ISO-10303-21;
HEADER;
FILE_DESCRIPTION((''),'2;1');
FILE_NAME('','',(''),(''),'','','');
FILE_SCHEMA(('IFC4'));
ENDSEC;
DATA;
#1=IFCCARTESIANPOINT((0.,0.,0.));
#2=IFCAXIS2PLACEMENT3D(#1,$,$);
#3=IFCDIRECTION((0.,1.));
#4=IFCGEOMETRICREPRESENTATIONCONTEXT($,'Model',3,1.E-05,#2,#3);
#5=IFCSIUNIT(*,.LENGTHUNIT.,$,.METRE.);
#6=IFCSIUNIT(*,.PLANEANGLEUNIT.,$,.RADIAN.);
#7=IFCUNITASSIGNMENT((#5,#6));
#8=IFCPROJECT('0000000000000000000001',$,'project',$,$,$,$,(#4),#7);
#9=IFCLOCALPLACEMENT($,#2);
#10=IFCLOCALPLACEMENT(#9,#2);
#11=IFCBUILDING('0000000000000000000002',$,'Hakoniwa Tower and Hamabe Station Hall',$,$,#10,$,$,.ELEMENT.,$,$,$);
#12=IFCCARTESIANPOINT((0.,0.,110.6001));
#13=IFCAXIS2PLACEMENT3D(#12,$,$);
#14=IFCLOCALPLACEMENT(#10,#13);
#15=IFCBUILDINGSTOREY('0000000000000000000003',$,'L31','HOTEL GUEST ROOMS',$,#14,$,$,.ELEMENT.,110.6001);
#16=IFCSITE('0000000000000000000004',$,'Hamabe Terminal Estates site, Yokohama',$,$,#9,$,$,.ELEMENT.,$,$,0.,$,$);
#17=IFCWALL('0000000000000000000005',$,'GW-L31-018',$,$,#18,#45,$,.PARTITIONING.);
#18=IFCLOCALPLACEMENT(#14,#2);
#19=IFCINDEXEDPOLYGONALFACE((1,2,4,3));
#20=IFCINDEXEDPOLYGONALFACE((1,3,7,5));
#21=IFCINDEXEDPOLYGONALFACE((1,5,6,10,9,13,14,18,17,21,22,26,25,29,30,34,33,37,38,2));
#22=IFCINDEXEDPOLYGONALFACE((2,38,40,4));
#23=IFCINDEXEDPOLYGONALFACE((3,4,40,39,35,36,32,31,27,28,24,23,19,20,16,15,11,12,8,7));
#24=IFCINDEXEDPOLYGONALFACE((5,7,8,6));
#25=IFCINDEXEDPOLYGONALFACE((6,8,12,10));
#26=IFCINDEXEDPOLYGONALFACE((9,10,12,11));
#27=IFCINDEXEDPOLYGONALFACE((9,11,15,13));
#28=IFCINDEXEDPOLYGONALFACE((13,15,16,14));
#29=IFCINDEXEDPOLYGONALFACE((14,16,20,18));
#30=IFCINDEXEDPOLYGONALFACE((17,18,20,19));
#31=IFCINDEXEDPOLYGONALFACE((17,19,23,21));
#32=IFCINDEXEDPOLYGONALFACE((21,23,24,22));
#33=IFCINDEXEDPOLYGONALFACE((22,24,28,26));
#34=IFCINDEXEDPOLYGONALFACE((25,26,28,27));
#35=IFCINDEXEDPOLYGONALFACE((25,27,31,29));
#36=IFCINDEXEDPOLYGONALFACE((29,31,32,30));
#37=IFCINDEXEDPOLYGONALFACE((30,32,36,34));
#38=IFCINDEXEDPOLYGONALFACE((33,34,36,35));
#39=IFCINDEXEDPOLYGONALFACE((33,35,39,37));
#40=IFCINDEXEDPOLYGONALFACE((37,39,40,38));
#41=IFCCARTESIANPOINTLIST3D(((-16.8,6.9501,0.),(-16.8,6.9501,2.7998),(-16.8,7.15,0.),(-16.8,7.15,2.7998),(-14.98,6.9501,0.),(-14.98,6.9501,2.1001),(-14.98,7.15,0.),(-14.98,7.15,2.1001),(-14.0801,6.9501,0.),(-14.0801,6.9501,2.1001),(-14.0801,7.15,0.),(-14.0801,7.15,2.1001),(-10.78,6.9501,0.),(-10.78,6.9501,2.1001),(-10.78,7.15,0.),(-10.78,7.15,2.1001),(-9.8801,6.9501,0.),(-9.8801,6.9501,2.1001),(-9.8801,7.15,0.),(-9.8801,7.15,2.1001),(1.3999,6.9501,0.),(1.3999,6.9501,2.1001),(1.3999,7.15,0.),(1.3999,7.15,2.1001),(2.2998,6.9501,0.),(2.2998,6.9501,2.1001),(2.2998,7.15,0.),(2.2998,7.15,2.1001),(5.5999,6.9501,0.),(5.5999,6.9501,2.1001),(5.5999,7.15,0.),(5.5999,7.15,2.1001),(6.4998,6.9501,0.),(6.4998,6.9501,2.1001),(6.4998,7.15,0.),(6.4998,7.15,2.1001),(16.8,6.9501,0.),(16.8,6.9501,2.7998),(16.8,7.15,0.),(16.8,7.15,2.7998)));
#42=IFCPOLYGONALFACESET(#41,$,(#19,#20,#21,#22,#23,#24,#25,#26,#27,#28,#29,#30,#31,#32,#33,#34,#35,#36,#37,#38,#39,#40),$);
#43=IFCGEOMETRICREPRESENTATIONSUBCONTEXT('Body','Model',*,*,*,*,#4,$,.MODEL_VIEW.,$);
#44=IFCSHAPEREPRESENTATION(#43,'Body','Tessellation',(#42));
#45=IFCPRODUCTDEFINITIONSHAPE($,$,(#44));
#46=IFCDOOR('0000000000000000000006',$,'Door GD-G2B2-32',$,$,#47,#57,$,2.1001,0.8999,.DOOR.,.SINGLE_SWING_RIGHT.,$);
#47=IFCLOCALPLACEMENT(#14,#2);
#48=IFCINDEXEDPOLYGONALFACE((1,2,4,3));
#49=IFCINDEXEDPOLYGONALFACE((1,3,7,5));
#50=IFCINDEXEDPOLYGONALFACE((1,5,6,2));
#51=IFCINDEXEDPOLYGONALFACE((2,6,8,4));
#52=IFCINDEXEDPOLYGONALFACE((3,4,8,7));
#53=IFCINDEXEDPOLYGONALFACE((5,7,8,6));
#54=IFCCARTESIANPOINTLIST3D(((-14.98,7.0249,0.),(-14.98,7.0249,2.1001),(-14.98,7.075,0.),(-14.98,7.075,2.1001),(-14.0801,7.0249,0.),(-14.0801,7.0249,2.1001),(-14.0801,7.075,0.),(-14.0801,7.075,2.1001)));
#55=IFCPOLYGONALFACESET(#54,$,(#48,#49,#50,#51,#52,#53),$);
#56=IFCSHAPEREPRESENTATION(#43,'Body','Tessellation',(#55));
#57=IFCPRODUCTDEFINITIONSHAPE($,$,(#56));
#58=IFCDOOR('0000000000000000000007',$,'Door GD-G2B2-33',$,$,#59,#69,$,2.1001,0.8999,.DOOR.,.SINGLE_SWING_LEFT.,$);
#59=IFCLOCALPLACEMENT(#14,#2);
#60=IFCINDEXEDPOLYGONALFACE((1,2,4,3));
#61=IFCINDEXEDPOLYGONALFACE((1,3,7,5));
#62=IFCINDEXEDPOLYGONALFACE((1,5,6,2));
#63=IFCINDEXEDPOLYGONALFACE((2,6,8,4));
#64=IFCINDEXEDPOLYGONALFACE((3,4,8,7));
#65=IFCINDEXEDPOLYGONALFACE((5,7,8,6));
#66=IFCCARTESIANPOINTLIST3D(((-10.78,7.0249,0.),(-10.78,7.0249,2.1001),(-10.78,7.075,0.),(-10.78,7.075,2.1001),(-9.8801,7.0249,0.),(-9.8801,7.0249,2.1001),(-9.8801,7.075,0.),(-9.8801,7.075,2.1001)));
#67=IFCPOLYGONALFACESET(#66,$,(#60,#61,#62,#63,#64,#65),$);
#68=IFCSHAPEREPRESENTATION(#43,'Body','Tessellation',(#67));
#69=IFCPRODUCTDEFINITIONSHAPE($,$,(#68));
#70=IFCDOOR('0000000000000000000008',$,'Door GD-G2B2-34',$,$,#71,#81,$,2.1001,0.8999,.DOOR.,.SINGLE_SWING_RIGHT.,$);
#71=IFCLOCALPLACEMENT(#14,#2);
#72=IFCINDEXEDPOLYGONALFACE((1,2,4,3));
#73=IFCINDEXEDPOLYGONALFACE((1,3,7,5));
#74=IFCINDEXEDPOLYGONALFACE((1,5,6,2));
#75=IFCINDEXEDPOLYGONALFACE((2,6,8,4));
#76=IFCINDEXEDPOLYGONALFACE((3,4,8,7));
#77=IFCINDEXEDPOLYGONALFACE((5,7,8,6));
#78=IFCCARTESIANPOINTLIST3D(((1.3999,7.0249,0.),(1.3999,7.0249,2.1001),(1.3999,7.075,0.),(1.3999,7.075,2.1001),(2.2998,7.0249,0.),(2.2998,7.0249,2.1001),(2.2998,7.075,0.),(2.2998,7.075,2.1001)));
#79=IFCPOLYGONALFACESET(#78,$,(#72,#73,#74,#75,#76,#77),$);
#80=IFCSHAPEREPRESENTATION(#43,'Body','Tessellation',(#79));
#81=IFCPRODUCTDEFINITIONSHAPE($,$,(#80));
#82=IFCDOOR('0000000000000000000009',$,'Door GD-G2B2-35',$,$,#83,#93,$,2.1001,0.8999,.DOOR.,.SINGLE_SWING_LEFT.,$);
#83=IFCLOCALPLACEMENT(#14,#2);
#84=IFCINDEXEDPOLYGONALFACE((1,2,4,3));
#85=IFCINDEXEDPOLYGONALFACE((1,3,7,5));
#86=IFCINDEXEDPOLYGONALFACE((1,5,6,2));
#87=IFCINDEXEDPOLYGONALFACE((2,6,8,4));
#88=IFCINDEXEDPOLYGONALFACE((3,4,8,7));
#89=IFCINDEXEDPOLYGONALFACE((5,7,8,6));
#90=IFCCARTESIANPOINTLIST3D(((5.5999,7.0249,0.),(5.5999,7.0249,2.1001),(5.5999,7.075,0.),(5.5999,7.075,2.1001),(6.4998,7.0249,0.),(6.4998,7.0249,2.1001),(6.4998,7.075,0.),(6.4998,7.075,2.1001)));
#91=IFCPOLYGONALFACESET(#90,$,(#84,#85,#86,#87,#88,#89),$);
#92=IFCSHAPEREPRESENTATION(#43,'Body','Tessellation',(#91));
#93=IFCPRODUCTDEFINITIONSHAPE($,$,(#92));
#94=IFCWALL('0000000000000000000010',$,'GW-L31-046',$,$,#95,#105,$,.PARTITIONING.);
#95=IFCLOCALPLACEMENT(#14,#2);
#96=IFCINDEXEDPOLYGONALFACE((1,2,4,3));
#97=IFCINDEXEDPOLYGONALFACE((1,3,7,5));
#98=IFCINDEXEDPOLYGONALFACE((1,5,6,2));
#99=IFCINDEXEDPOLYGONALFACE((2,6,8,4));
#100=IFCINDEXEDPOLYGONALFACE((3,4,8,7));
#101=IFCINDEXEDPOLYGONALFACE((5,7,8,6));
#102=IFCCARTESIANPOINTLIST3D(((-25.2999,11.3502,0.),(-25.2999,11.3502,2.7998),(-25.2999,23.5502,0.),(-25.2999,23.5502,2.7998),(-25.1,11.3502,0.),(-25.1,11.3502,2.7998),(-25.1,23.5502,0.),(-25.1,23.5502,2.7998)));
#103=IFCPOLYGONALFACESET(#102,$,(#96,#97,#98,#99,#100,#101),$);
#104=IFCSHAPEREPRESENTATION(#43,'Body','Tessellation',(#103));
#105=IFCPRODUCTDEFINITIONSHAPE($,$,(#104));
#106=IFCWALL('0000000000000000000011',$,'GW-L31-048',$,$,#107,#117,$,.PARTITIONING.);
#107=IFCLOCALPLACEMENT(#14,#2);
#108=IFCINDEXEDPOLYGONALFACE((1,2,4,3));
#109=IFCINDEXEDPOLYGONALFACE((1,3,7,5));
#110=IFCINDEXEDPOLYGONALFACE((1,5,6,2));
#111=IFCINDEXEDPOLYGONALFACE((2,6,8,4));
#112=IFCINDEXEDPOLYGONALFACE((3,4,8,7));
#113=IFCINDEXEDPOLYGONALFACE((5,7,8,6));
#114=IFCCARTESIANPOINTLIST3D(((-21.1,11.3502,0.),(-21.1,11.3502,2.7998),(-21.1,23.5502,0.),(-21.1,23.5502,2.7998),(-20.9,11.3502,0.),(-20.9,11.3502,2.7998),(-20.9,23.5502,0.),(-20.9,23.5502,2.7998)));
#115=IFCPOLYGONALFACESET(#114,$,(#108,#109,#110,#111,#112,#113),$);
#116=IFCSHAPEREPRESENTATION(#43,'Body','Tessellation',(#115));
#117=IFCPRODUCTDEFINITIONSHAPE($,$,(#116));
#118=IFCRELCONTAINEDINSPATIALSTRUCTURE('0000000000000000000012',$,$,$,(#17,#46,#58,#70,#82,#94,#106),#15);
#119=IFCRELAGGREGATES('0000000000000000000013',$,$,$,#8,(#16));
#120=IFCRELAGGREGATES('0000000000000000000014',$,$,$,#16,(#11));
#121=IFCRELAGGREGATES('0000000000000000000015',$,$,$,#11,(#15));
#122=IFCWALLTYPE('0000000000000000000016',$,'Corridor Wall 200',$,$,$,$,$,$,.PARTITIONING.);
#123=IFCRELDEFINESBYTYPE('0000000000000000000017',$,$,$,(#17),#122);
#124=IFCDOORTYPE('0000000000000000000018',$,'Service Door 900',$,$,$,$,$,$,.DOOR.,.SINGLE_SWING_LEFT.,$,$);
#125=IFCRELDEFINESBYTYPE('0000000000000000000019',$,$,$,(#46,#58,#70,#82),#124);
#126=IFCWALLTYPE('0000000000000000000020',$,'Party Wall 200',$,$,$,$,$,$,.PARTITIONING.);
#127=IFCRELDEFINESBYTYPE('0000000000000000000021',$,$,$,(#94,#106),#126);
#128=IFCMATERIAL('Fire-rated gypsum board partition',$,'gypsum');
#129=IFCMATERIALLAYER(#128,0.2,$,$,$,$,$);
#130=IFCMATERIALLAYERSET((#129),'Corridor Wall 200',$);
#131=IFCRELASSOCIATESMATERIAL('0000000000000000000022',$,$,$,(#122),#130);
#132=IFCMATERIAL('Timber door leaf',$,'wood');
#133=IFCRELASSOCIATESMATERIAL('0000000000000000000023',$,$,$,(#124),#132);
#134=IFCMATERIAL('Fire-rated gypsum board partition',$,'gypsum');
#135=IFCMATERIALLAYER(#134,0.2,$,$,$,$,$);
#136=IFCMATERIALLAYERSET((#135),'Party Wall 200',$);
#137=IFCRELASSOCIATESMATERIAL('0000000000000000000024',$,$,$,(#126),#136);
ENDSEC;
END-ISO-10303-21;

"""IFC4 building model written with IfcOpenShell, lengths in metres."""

from ifc_helpers import new_model, si_unit, direction, frame, frame_2d, origin, place, context, subcontext, project, spatial, rectangle, extrude, material, layer, layer_set, type_object, element, fill, save


model = new_model("IFC4")

# Units and contexts
model_context = context("Model", 3, precision=1e-05, world=origin(), true_north=direction((0.0, 1.0)))
body_context = subcontext(model_context, "Body", "Model", "MODEL_VIEW")
ifc_project = project(units=[si_unit("LENGTHUNIT", "METRE"), si_unit("PLANEANGLEUNIT", "RADIAN")], contexts=[model_context])

# Site, building, storey
site_placement = place(None, origin())
site = spatial("IfcSite", under=ifc_project, at=site_placement, Name="Hamabe Terminal Estates site, Yokohama", CompositionType="ELEMENT", RefElevation=0.0)
building_placement = place(site_placement, origin())
building = spatial("IfcBuilding", under=site, at=building_placement, Name="Hakoniwa Tower and Hamabe Station Hall", CompositionType="ELEMENT")
storey_placement = place(building_placement, frame((0.0, 0.0, 110.6001)))
storey = spatial("IfcBuildingStorey", under=building, at=storey_placement, Name="L31", Description="HOTEL GUEST ROOMS", CompositionType="ELEMENT", Elevation=110.6001)

# Wall, openings, doors
ifc_material_1 = material(Name="Fire-rated gypsum board partition", Category="gypsum")
ifc_layer_1 = layer(ifc_material_1, 0.2)
ifc_layer_set_1 = layer_set([ifc_layer_1], Name="Corridor Wall 200")
wall_type_1 = type_object("IfcWallType", Name="Corridor Wall 200", PredefinedType="PARTITIONING", material=ifc_layer_set_1)
ifc_material_2 = material(Name="Timber door leaf", Category="wood")
door_type_1 = type_object("IfcDoorType", Name="Service Door 900", OperationType="SINGLE_SWING_LEFT", PredefinedType="DOOR", material=ifc_material_2)
wall_1_placement = place(storey_placement, frame((-16.8, 7.05, 0.0), z_axis=(0.0, 0.0, 1.0), x_axis=(1.0, 0.0, 0.0)))
wall_1 = element("IfcWall", 1, at=wall_1_placement, inside=storey, type_object=wall_type_1, Name="GW-L31-018", PredefinedType="PARTITIONING", context=body_context, shape_type="SweptSolid", body=[
    extrude(rectangle(XDim=33.6001, YDim=0.2, at=frame_2d((16.8, 0.0))), origin(), (0.0, 0.0, 1.0), 2.7998),
])
opening_1_placement = place(wall_1_placement, frame((1.8201, 0.0, 0.0)))
opening_1 = element("IfcOpeningElement", 2, at=opening_1_placement, cuts=wall_1, PredefinedType="OPENING", context=body_context, shape_type="SweptSolid", body=[
    extrude(rectangle(XDim=0.8999, YDim=2.1001, at=frame_2d((0.45, 1.05))), frame((0.0, 0.1099, 0.0), z_axis=(0.0, -1.0, 0.0), x_axis=(1.0, 0.0, 0.0)), (0.0, 0.0, 1.0), 0.22),
])
opening_2_placement = place(wall_1_placement, frame((6.02, 0.0, 0.0)))
opening_2 = element("IfcOpeningElement", 3, at=opening_2_placement, cuts=wall_1, PredefinedType="OPENING", context=body_context, shape_type="SweptSolid", body=[
    extrude(rectangle(XDim=0.8999, YDim=2.1001, at=frame_2d((0.45, 1.05))), frame((0.0, 0.1099, 0.0), z_axis=(0.0, -1.0, 0.0), x_axis=(1.0, 0.0, 0.0)), (0.0, 0.0, 1.0), 0.22),
])
opening_3_placement = place(wall_1_placement, frame((18.2, 0.0, 0.0)))
opening_3 = element("IfcOpeningElement", 4, at=opening_3_placement, cuts=wall_1, PredefinedType="OPENING", context=body_context, shape_type="SweptSolid", body=[
    extrude(rectangle(XDim=0.8999, YDim=2.1001, at=frame_2d((0.45, 1.05))), frame((0.0, 0.1099, 0.0), z_axis=(0.0, -1.0, 0.0), x_axis=(1.0, 0.0, 0.0)), (0.0, 0.0, 1.0), 0.22),
])
opening_4_placement = place(wall_1_placement, frame((22.3999, 0.0, 0.0)))
opening_4 = element("IfcOpeningElement", 5, at=opening_4_placement, cuts=wall_1, PredefinedType="OPENING", context=body_context, shape_type="SweptSolid", body=[
    extrude(rectangle(XDim=0.8999, YDim=2.1001, at=frame_2d((0.45, 1.05))), frame((0.0, 0.1099, 0.0), z_axis=(0.0, -1.0, 0.0), x_axis=(1.0, 0.0, 0.0)), (0.0, 0.0, 1.0), 0.22),
])
door_1_placement = place(opening_1_placement, origin())
door_1 = element("IfcDoor", 6, at=door_1_placement, inside=storey, type_object=door_type_1, Name="Door GD-G2B2-32", OperationType="SINGLE_SWING_RIGHT", OverallHeight=2.1001, OverallWidth=0.8999, PredefinedType="DOOR", context=body_context, shape_type="SweptSolid", body=[
    extrude(rectangle(XDim=0.8999, YDim=2.1001, at=frame_2d((0.45, 1.05))), frame((0.0, 0.0249, 0.0), z_axis=(0.0, -1.0, 0.0), x_axis=(1.0, 0.0, 0.0)), (0.0, 0.0, 1.0), 0.05),
])
fill(opening_1, door_1)
door_2_placement = place(opening_2_placement, origin())
door_2 = element("IfcDoor", 7, at=door_2_placement, inside=storey, type_object=door_type_1, Name="Door GD-G2B2-33", OperationType="SINGLE_SWING_LEFT", OverallHeight=2.1001, OverallWidth=0.8999, PredefinedType="DOOR", context=body_context, shape_type="SweptSolid", body=[
    extrude(rectangle(XDim=0.8999, YDim=2.1001, at=frame_2d((0.45, 1.05))), frame((0.0, 0.0249, 0.0), z_axis=(0.0, -1.0, 0.0), x_axis=(1.0, 0.0, 0.0)), (0.0, 0.0, 1.0), 0.05),
])
fill(opening_2, door_2)
door_3_placement = place(opening_3_placement, origin())
door_3 = element("IfcDoor", 8, at=door_3_placement, inside=storey, type_object=door_type_1, Name="Door GD-G2B2-34", OperationType="SINGLE_SWING_RIGHT", OverallHeight=2.1001, OverallWidth=0.8999, PredefinedType="DOOR", context=body_context, shape_type="SweptSolid", body=[
    extrude(rectangle(XDim=0.8999, YDim=2.1001, at=frame_2d((0.45, 1.05))), frame((0.0, 0.0249, 0.0), z_axis=(0.0, -1.0, 0.0), x_axis=(1.0, 0.0, 0.0)), (0.0, 0.0, 1.0), 0.05),
])
fill(opening_3, door_3)
door_4_placement = place(opening_4_placement, origin())
door_4 = element("IfcDoor", 9, at=door_4_placement, inside=storey, type_object=door_type_1, Name="Door GD-G2B2-35", OperationType="SINGLE_SWING_LEFT", OverallHeight=2.1001, OverallWidth=0.8999, PredefinedType="DOOR", context=body_context, shape_type="SweptSolid", body=[
    extrude(rectangle(XDim=0.8999, YDim=2.1001, at=frame_2d((0.45, 1.05))), frame((0.0, 0.0249, 0.0), z_axis=(0.0, -1.0, 0.0), x_axis=(1.0, 0.0, 0.0)), (0.0, 0.0, 1.0), 0.05),
])
fill(opening_4, door_4)

# Walls
ifc_material_3 = material(Name="Fire-rated gypsum board partition", Category="gypsum")
ifc_layer_2 = layer(ifc_material_3, 0.2)
ifc_layer_set_2 = layer_set([ifc_layer_2], Name="Party Wall 200")
wall_type_2 = type_object("IfcWallType", Name="Party Wall 200", PredefinedType="PARTITIONING", material=ifc_layer_set_2)
for number, where, z_axis, x_axis, name in (
    (10, (-25.2, 11.3501, 0.0), (0.0, 0.0, 1.0), (0.0, 1.0, 0.0), "GW-L31-046"),
    (11, (-21.0, 11.3501, 0.0), (0.0, 0.0, 1.0), (0.0, 1.0, 0.0), "GW-L31-048"),
):
    element("IfcWall", number, at=place(storey_placement, frame(where, z_axis=z_axis, x_axis=x_axis)), inside=storey, type_object=wall_type_2, Name=name, PredefinedType="PARTITIONING", context=body_context, shape_type="SweptSolid", body=[
        extrude(rectangle(XDim=12.2, YDim=0.2, at=frame_2d((6.1001, 0.0))), origin(), (0.0, 0.0, 1.0), 2.7998),
    ])

save(model, "model.ifc")
